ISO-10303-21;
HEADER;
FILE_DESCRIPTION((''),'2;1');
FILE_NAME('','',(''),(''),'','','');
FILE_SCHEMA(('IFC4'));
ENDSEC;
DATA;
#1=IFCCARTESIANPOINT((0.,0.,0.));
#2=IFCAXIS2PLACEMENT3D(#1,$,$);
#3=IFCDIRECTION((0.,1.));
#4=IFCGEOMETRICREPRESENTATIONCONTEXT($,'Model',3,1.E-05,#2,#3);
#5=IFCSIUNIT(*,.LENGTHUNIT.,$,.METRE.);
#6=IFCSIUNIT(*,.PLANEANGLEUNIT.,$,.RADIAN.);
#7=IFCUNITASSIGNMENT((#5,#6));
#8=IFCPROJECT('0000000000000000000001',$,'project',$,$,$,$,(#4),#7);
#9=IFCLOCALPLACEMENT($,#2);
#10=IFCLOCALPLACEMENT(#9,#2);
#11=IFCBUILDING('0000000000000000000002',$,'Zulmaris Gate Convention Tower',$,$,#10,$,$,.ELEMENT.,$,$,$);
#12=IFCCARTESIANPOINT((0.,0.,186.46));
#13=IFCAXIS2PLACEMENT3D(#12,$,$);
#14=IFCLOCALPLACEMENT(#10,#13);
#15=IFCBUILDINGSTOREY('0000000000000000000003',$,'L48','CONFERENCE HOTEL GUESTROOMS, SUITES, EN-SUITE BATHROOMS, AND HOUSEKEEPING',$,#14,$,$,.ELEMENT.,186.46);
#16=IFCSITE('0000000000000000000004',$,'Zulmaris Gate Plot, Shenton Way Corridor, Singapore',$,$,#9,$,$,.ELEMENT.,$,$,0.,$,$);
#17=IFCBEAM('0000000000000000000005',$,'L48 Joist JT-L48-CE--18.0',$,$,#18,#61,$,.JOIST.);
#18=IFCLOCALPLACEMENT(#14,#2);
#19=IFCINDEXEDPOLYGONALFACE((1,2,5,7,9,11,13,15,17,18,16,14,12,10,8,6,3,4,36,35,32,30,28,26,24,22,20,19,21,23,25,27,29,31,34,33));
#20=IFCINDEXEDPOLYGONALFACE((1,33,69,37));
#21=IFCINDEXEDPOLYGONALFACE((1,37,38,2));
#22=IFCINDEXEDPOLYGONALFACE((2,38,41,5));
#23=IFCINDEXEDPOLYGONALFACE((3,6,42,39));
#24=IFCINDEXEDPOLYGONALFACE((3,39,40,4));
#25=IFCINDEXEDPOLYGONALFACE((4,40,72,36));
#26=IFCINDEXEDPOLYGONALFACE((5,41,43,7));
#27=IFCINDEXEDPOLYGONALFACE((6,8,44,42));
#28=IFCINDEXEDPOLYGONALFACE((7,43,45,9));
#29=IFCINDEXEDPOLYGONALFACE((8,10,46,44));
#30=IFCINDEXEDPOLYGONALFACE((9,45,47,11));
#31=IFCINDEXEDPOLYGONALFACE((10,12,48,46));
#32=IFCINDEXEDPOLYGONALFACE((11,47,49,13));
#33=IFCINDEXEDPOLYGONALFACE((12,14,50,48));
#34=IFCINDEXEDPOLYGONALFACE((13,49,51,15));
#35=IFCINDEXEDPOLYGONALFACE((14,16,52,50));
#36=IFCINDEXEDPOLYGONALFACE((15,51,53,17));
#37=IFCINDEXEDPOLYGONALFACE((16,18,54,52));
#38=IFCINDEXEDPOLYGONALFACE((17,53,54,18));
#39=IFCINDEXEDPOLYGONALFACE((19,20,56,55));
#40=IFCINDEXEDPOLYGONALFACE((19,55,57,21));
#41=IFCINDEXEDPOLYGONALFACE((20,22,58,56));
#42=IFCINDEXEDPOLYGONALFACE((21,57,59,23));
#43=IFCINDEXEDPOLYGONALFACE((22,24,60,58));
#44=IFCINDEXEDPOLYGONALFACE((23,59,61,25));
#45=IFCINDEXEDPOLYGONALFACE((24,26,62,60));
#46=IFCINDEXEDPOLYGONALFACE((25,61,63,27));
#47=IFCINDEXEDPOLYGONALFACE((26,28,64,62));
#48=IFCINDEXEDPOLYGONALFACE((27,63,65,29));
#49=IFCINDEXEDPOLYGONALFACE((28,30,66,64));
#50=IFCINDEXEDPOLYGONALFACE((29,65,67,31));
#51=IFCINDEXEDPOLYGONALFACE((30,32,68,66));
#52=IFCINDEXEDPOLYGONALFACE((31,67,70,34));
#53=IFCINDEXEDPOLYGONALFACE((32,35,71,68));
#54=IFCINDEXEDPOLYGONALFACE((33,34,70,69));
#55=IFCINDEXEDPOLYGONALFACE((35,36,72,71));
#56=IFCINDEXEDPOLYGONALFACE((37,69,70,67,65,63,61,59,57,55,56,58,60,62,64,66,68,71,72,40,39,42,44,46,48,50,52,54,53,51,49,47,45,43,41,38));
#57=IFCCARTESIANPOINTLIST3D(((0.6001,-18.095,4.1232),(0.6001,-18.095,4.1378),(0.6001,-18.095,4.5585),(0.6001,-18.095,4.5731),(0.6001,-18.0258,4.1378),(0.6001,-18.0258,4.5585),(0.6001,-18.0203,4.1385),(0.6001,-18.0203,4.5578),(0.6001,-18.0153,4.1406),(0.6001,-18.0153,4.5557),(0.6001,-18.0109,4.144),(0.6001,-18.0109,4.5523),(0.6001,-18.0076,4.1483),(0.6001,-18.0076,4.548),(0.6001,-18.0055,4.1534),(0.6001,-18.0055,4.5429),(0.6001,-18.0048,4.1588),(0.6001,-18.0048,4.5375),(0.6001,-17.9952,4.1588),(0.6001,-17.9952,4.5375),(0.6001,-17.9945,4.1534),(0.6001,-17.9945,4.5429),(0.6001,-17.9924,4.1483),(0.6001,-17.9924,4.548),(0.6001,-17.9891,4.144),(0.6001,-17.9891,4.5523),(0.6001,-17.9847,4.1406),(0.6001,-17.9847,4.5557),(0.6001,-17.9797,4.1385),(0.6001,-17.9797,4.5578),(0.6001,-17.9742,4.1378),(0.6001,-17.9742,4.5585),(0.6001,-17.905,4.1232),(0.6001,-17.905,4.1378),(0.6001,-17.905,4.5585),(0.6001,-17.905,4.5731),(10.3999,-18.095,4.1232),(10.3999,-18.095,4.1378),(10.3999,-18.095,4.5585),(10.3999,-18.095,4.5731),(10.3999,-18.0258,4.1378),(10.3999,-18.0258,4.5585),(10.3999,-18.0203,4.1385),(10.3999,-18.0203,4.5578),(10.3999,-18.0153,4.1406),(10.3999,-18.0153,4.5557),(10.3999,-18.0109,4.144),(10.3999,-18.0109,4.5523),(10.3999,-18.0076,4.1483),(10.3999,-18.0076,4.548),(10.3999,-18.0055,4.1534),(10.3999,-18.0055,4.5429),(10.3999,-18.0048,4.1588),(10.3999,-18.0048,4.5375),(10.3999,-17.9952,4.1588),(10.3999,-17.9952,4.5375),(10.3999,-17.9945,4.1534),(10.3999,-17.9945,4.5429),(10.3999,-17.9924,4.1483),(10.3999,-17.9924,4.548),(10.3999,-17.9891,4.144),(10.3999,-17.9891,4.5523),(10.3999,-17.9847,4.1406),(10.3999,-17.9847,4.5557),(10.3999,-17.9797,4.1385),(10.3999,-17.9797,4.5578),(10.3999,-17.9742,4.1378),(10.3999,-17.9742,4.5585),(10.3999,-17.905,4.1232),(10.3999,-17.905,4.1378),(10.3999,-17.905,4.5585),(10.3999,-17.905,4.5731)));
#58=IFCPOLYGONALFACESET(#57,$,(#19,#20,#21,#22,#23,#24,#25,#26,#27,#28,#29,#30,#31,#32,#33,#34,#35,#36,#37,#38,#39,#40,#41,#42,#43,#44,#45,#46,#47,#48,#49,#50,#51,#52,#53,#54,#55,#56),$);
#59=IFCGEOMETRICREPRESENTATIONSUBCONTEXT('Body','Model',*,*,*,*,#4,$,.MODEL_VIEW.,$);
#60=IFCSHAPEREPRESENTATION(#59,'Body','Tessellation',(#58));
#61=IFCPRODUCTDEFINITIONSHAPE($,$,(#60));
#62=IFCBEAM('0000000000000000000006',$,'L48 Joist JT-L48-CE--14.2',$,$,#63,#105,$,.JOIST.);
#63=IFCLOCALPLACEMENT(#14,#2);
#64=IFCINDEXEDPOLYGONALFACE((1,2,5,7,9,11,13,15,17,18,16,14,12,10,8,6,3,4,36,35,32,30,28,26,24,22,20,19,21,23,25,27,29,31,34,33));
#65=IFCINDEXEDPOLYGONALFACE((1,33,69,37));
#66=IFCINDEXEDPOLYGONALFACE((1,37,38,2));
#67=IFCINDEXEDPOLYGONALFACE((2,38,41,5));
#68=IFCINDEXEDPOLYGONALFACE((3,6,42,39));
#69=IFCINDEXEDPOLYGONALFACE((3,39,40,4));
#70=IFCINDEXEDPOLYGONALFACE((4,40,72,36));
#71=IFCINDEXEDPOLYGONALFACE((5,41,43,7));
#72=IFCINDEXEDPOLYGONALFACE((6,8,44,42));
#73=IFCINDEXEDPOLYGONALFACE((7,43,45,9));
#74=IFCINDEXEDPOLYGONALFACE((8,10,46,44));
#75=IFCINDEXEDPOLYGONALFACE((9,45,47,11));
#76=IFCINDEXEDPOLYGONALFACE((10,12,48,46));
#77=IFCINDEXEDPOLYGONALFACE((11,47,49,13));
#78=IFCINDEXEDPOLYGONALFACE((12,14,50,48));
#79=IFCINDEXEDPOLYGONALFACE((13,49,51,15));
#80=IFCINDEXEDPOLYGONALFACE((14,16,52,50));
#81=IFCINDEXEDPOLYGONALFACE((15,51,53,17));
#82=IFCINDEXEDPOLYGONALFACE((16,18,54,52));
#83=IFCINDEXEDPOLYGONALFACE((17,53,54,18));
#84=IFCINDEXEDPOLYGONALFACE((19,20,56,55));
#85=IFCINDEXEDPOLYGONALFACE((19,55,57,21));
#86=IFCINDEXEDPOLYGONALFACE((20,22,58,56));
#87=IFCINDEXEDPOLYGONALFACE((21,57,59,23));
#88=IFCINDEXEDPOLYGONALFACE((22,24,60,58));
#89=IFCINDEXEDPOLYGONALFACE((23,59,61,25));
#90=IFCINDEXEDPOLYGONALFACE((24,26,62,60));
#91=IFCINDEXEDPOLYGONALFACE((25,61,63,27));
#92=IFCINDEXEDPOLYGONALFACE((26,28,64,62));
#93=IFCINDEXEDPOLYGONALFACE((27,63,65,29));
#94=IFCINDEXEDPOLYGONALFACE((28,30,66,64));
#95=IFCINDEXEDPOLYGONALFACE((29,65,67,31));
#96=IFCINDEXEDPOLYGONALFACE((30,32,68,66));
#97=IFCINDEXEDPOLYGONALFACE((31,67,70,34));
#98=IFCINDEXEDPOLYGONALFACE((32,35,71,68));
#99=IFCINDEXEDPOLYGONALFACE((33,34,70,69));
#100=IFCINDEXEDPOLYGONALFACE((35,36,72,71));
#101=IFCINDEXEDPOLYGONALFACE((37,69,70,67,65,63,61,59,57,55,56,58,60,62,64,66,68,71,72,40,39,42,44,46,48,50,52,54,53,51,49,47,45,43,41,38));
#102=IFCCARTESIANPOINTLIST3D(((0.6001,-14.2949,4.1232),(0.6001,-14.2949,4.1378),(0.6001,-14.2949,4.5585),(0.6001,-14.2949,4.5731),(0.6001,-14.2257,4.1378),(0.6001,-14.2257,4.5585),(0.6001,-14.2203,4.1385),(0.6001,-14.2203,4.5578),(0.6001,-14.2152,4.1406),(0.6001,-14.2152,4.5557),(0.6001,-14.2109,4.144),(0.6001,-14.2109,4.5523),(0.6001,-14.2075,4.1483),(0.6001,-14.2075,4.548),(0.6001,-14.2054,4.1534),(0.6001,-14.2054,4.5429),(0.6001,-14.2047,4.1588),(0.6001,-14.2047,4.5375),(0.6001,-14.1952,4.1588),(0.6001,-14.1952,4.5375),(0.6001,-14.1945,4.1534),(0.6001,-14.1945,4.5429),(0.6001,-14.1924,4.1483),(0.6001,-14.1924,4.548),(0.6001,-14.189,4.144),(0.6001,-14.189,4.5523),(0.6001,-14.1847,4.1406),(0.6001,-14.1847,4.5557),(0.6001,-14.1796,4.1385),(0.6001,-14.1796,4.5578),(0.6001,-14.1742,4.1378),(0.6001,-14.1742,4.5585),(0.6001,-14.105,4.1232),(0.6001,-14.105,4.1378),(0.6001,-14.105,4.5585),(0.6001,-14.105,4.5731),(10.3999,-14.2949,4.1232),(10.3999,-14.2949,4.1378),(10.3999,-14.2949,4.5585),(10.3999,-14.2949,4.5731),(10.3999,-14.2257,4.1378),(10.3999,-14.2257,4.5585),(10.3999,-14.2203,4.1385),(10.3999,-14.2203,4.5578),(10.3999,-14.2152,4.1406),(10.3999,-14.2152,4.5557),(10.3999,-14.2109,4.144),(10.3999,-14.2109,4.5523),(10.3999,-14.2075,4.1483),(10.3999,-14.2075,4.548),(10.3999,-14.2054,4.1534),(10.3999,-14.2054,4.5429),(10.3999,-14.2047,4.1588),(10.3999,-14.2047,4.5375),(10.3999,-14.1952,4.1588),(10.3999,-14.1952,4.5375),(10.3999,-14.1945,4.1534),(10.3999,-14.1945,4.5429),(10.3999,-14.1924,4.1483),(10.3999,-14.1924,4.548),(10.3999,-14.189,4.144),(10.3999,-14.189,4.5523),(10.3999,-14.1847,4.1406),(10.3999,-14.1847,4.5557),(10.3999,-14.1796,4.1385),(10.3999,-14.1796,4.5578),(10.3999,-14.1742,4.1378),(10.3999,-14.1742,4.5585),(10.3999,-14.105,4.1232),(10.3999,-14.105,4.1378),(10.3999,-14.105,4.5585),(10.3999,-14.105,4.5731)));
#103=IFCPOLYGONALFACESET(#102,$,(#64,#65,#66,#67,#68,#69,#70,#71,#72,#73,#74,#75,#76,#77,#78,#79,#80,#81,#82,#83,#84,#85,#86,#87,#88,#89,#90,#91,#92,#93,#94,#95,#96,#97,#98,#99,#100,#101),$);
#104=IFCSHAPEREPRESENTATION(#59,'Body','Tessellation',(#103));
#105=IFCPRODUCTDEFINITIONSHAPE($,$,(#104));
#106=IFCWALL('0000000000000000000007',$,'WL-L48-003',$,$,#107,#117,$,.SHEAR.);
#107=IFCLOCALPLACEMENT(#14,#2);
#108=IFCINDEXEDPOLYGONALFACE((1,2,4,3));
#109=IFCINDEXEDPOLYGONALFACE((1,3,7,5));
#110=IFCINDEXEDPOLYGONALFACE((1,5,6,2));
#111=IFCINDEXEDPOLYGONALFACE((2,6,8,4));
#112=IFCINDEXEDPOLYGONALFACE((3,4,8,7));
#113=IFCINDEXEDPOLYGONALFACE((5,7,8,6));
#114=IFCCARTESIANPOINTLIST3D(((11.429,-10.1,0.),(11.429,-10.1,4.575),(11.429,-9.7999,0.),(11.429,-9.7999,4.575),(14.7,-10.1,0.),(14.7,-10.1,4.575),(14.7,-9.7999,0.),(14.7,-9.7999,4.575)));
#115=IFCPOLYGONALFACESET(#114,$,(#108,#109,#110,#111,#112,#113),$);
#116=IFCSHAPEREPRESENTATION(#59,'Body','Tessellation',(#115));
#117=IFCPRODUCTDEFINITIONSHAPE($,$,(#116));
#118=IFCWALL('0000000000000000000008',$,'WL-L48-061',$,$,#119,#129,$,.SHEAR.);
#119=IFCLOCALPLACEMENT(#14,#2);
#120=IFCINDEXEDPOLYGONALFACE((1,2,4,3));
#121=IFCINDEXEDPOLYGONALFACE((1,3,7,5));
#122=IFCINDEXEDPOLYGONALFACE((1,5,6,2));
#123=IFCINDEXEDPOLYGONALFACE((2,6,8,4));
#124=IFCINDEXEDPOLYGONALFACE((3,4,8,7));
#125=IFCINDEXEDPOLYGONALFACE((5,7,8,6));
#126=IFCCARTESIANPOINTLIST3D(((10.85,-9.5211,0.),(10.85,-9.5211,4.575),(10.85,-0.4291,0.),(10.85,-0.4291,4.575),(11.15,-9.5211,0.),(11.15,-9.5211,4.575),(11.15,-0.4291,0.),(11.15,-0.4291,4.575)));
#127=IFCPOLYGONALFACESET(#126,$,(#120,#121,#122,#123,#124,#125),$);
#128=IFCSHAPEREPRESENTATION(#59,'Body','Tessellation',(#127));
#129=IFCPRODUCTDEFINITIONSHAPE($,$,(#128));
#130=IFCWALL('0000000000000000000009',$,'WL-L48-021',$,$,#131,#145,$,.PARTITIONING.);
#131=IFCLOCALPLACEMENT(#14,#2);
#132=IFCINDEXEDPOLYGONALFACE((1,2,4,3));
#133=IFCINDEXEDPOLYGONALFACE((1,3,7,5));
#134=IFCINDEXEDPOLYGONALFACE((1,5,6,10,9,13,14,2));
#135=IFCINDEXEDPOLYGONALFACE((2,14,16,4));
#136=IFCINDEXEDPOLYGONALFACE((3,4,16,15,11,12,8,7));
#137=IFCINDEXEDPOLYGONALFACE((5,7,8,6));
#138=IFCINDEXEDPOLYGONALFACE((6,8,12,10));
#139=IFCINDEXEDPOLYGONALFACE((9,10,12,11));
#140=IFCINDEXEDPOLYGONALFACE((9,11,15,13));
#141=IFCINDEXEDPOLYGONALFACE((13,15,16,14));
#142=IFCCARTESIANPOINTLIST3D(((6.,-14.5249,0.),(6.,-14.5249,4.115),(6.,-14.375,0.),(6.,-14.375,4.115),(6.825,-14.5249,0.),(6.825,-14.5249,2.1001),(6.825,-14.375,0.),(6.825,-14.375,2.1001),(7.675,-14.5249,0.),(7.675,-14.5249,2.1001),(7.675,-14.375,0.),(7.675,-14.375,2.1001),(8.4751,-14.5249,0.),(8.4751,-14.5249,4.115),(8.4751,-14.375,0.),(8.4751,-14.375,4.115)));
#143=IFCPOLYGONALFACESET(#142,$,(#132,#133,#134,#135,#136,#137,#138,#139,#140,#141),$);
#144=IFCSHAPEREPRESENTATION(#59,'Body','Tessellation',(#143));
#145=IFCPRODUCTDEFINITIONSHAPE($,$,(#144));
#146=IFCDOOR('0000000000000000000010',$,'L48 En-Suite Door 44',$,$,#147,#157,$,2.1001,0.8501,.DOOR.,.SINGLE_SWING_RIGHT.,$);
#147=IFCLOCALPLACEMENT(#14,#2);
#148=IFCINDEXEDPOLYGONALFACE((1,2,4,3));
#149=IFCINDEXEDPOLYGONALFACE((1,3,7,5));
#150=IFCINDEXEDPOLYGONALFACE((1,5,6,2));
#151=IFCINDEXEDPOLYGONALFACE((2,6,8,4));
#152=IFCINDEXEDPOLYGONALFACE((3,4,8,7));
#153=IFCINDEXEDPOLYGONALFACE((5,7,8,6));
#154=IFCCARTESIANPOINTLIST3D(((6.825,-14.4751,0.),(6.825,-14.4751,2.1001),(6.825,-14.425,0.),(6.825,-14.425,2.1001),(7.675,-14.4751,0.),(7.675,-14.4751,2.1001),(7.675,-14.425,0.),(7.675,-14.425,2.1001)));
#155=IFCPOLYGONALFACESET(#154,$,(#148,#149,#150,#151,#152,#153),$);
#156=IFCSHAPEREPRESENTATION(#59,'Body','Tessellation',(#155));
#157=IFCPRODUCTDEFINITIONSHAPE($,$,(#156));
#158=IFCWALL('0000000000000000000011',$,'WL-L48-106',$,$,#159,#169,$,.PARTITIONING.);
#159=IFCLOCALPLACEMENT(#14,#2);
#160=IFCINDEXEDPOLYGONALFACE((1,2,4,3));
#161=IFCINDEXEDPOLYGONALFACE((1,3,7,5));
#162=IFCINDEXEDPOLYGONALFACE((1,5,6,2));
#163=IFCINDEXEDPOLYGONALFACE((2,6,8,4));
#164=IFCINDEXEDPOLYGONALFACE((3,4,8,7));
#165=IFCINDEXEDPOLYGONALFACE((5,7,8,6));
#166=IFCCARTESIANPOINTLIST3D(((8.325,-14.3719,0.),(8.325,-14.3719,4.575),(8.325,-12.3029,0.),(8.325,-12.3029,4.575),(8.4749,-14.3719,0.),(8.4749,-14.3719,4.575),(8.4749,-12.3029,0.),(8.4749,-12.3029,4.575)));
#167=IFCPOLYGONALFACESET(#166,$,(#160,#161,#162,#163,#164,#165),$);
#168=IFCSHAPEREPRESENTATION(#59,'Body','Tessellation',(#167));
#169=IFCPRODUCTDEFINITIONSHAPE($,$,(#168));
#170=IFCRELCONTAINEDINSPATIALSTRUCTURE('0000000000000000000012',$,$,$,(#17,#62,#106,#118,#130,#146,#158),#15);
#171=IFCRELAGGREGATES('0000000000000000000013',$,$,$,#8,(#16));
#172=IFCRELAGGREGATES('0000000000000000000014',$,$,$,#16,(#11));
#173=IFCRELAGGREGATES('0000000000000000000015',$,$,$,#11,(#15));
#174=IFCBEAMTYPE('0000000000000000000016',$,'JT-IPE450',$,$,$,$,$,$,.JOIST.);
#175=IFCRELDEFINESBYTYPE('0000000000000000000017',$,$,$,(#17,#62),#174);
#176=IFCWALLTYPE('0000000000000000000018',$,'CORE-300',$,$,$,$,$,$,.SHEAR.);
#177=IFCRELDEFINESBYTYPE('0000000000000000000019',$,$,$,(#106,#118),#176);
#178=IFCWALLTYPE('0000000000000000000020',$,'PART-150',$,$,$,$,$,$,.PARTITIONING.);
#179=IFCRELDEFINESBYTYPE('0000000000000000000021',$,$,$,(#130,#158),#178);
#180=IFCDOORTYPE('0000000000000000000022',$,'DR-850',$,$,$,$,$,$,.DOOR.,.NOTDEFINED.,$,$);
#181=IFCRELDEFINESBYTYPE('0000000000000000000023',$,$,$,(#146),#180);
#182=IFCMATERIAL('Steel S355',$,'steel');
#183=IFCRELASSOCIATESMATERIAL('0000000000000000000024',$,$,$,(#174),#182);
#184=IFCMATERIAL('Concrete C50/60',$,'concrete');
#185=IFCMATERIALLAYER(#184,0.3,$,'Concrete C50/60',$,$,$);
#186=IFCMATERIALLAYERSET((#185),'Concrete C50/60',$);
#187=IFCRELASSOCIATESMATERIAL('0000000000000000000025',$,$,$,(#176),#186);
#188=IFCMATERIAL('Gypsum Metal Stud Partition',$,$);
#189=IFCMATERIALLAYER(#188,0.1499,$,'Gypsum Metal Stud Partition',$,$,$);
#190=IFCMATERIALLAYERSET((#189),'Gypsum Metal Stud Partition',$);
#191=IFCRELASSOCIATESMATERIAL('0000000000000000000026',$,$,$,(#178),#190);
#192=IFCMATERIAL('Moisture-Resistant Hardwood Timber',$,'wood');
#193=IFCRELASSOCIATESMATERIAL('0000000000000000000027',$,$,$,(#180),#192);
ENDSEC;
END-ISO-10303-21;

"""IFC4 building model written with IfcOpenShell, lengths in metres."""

from ifc_helpers import new_model, si_unit, direction, frame, frame_2d, origin, origin_2d, place, context, subcontext, project, spatial, rectangle, i_section, extrude, material, layer, layer_set, material_profile, profile_set, type_object, element, fill, save


model = new_model("IFC4")

# Units and contexts
model_context = context("Model", 3, precision=1e-05, world=origin(), true_north=direction((0.0, 1.0)))
body_context = subcontext(model_context, "Body", "Model", "MODEL_VIEW")
ifc_project = project(units=[si_unit("LENGTHUNIT", "METRE"), si_unit("PLANEANGLEUNIT", "RADIAN")], contexts=[model_context])

# Site, building, storey
site_placement = place(None, origin())
site = spatial("IfcSite", under=ifc_project, at=site_placement, Name="Zulmaris Gate Plot, Shenton Way Corridor, Singapore", CompositionType="ELEMENT", RefElevation=0.0)
building_placement = place(site_placement, origin())
building = spatial("IfcBuilding", under=site, at=building_placement, Name="Zulmaris Gate Convention Tower", CompositionType="ELEMENT")
storey_placement = place(building_placement, frame((0.0, 0.0, 186.46)))
storey = spatial("IfcBuildingStorey", under=building, at=storey_placement, Name="L48", Description="CONFERENCE HOTEL GUESTROOMS, SUITES, EN-SUITE BATHROOMS, AND HOUSEKEEPING", CompositionType="ELEMENT", Elevation=186.46)

# Beams
ifc_material_1 = material(Name="Concrete C50/60", Category="concrete")
ifc_material_2 = material(Name="Steel S355", Category="steel")
ifc_material_profile_1 = material_profile(ifc_material_2, i_section(OverallWidth=0.1899, OverallDepth=0.45, WebThickness=0.0095, FlangeThickness=0.0146, FilletRadius=0.021, at=origin_2d()), Name="IPE 450")
ifc_profile_set_1 = profile_set([ifc_material_profile_1], Name="Steel S355")
beam_type_1 = type_object("IfcBeamType", Name="JT-IPE450", PredefinedType="JOIST", material=ifc_profile_set_1)
for number, where, z_axis, x_axis, name in (
    (1, (0.6001, -18.0, 4.3481), (1.0, 0.0, 0.0), (0.0, 1.0, 0.0), "L48 Joist JT-L48-CE--18.0"),
    (2, (0.6001, -14.2, 4.3481), (1.0, 0.0, 0.0), (0.0, 1.0, 0.0), "L48 Joist JT-L48-CE--14.2"),
):
    element("IfcBeam", number, at=place(storey_placement, frame(where, z_axis=z_axis, x_axis=x_axis)), inside=storey, type_object=beam_type_1, Name=name, PredefinedType="JOIST", context=body_context, shape_type="SweptSolid", body=[
        extrude(i_section(OverallWidth=0.1899, OverallDepth=0.45, WebThickness=0.0095, FlangeThickness=0.0146, FilletRadius=0.021, at=origin_2d()), origin(), (0.0, 0.0, 1.0), 9.7998),
    ])

# Walls
ifc_layer_1 = layer(ifc_material_1, 0.3, Name="Concrete C50/60")
ifc_layer_set_1 = layer_set([ifc_layer_1], Name="Concrete C50/60")
wall_type_1 = type_object("IfcWallType", Name="CORE-300", PredefinedType="SHEAR", material=ifc_layer_set_1)
wall_1_placement = place(storey_placement, frame((11.429, -9.95, 0.0), z_axis=(0.0, 0.0, 1.0), x_axis=(1.0, 0.0, 0.0)))
element("IfcWall", 3, at=wall_1_placement, inside=storey, type_object=wall_type_1, Name="WL-L48-003", PredefinedType="SHEAR", context=body_context, shape_type="SweptSolid", body=[
    extrude(rectangle(XDim=3.271, YDim=0.3, at=frame_2d((1.6355, 0.0))), origin(), (0.0, 0.0, 1.0), 4.575),
])
wall_2_placement = place(storey_placement, frame((11.0, -9.521, 0.0), z_axis=(0.0, 0.0, 1.0), x_axis=(0.0, 1.0, 0.0)))
element("IfcWall", 4, at=wall_2_placement, inside=storey, type_object=wall_type_1, Name="WL-L48-061", PredefinedType="SHEAR", context=body_context, shape_type="SweptSolid", body=[
    extrude(rectangle(XDim=9.092, YDim=0.3, at=frame_2d((4.5459, 0.0))), origin(), (0.0, 0.0, 1.0), 4.575),
])

# Wall, opening, door
ifc_material_3 = material(Name="Gypsum Metal Stud Partition")
ifc_layer_2 = layer(ifc_material_3, 0.1499, Name="Gypsum Metal Stud Partition")
ifc_layer_set_2 = layer_set([ifc_layer_2], Name="Gypsum Metal Stud Partition")
wall_type_2 = type_object("IfcWallType", Name="PART-150", PredefinedType="PARTITIONING", material=ifc_layer_set_2)
wall_3_placement = place(storey_placement, frame((6.0, -14.45, 0.0), z_axis=(0.0, 0.0, 1.0), x_axis=(1.0, 0.0, 0.0)))
wall_3 = element("IfcWall", 5, at=wall_3_placement, inside=storey, type_object=wall_type_2, Name="WL-L48-021", PredefinedType="PARTITIONING", context=body_context, shape_type="SweptSolid", body=[
    extrude(rectangle(XDim=2.4751, YDim=0.1499, at=frame_2d((1.2375, 0.0))), origin(), (0.0, 0.0, 1.0), 4.115),
])
opening_1_placement = place(wall_3_placement, frame((0.825, 0.0, 0.0)))
opening_1 = element("IfcOpeningElement", 6, at=opening_1_placement, cuts=wall_3, PredefinedType="OPENING", context=body_context, shape_type="SweptSolid", body=[
    extrude(rectangle(XDim=0.8501, YDim=2.1001, at=frame_2d((0.425, 1.05))), frame((0.0, 0.085, 0.0), z_axis=(0.0, -1.0, 0.0), x_axis=(1.0, 0.0, 0.0)), (0.0, 0.0, 1.0), 0.1699),
])
ifc_material_4 = material(Name="Moisture-Resistant Hardwood Timber", Category="wood")
door_type_1 = type_object("IfcDoorType", Name="DR-850", OperationType="NOTDEFINED", PredefinedType="DOOR", material=ifc_material_4)
door_1_placement = place(opening_1_placement, origin())
door_1 = element("IfcDoor", 7, at=door_1_placement, inside=storey, type_object=door_type_1, Name="L48 En-Suite Door 44", OperationType="SINGLE_SWING_RIGHT", OverallHeight=2.1001, OverallWidth=0.8501, PredefinedType="DOOR", context=body_context, shape_type="SweptSolid", body=[
    extrude(rectangle(XDim=0.8501, YDim=2.1001, at=frame_2d((0.425, 1.05))), frame((0.0, 0.0249, 0.0), z_axis=(0.0, -1.0, 0.0), x_axis=(1.0, 0.0, 0.0)), (0.0, 0.0, 1.0), 0.05),
])
fill(opening_1, door_1)

# Wall
wall_4_placement = place(storey_placement, frame((8.3999, -14.3721, 0.0), z_axis=(0.0, 0.0, 1.0), x_axis=(0.0, 1.0, 0.0)))
element("IfcWall", 8, at=wall_4_placement, inside=storey, type_object=wall_type_2, Name="WL-L48-106", PredefinedType="PARTITIONING", context=body_context, shape_type="SweptSolid", body=[
    extrude(rectangle(XDim=2.0691, YDim=0.1499, at=frame_2d((1.0347, 0.0))), origin(), (0.0, 0.0, 1.0), 4.575),
])

save(model, "model.ifc")
